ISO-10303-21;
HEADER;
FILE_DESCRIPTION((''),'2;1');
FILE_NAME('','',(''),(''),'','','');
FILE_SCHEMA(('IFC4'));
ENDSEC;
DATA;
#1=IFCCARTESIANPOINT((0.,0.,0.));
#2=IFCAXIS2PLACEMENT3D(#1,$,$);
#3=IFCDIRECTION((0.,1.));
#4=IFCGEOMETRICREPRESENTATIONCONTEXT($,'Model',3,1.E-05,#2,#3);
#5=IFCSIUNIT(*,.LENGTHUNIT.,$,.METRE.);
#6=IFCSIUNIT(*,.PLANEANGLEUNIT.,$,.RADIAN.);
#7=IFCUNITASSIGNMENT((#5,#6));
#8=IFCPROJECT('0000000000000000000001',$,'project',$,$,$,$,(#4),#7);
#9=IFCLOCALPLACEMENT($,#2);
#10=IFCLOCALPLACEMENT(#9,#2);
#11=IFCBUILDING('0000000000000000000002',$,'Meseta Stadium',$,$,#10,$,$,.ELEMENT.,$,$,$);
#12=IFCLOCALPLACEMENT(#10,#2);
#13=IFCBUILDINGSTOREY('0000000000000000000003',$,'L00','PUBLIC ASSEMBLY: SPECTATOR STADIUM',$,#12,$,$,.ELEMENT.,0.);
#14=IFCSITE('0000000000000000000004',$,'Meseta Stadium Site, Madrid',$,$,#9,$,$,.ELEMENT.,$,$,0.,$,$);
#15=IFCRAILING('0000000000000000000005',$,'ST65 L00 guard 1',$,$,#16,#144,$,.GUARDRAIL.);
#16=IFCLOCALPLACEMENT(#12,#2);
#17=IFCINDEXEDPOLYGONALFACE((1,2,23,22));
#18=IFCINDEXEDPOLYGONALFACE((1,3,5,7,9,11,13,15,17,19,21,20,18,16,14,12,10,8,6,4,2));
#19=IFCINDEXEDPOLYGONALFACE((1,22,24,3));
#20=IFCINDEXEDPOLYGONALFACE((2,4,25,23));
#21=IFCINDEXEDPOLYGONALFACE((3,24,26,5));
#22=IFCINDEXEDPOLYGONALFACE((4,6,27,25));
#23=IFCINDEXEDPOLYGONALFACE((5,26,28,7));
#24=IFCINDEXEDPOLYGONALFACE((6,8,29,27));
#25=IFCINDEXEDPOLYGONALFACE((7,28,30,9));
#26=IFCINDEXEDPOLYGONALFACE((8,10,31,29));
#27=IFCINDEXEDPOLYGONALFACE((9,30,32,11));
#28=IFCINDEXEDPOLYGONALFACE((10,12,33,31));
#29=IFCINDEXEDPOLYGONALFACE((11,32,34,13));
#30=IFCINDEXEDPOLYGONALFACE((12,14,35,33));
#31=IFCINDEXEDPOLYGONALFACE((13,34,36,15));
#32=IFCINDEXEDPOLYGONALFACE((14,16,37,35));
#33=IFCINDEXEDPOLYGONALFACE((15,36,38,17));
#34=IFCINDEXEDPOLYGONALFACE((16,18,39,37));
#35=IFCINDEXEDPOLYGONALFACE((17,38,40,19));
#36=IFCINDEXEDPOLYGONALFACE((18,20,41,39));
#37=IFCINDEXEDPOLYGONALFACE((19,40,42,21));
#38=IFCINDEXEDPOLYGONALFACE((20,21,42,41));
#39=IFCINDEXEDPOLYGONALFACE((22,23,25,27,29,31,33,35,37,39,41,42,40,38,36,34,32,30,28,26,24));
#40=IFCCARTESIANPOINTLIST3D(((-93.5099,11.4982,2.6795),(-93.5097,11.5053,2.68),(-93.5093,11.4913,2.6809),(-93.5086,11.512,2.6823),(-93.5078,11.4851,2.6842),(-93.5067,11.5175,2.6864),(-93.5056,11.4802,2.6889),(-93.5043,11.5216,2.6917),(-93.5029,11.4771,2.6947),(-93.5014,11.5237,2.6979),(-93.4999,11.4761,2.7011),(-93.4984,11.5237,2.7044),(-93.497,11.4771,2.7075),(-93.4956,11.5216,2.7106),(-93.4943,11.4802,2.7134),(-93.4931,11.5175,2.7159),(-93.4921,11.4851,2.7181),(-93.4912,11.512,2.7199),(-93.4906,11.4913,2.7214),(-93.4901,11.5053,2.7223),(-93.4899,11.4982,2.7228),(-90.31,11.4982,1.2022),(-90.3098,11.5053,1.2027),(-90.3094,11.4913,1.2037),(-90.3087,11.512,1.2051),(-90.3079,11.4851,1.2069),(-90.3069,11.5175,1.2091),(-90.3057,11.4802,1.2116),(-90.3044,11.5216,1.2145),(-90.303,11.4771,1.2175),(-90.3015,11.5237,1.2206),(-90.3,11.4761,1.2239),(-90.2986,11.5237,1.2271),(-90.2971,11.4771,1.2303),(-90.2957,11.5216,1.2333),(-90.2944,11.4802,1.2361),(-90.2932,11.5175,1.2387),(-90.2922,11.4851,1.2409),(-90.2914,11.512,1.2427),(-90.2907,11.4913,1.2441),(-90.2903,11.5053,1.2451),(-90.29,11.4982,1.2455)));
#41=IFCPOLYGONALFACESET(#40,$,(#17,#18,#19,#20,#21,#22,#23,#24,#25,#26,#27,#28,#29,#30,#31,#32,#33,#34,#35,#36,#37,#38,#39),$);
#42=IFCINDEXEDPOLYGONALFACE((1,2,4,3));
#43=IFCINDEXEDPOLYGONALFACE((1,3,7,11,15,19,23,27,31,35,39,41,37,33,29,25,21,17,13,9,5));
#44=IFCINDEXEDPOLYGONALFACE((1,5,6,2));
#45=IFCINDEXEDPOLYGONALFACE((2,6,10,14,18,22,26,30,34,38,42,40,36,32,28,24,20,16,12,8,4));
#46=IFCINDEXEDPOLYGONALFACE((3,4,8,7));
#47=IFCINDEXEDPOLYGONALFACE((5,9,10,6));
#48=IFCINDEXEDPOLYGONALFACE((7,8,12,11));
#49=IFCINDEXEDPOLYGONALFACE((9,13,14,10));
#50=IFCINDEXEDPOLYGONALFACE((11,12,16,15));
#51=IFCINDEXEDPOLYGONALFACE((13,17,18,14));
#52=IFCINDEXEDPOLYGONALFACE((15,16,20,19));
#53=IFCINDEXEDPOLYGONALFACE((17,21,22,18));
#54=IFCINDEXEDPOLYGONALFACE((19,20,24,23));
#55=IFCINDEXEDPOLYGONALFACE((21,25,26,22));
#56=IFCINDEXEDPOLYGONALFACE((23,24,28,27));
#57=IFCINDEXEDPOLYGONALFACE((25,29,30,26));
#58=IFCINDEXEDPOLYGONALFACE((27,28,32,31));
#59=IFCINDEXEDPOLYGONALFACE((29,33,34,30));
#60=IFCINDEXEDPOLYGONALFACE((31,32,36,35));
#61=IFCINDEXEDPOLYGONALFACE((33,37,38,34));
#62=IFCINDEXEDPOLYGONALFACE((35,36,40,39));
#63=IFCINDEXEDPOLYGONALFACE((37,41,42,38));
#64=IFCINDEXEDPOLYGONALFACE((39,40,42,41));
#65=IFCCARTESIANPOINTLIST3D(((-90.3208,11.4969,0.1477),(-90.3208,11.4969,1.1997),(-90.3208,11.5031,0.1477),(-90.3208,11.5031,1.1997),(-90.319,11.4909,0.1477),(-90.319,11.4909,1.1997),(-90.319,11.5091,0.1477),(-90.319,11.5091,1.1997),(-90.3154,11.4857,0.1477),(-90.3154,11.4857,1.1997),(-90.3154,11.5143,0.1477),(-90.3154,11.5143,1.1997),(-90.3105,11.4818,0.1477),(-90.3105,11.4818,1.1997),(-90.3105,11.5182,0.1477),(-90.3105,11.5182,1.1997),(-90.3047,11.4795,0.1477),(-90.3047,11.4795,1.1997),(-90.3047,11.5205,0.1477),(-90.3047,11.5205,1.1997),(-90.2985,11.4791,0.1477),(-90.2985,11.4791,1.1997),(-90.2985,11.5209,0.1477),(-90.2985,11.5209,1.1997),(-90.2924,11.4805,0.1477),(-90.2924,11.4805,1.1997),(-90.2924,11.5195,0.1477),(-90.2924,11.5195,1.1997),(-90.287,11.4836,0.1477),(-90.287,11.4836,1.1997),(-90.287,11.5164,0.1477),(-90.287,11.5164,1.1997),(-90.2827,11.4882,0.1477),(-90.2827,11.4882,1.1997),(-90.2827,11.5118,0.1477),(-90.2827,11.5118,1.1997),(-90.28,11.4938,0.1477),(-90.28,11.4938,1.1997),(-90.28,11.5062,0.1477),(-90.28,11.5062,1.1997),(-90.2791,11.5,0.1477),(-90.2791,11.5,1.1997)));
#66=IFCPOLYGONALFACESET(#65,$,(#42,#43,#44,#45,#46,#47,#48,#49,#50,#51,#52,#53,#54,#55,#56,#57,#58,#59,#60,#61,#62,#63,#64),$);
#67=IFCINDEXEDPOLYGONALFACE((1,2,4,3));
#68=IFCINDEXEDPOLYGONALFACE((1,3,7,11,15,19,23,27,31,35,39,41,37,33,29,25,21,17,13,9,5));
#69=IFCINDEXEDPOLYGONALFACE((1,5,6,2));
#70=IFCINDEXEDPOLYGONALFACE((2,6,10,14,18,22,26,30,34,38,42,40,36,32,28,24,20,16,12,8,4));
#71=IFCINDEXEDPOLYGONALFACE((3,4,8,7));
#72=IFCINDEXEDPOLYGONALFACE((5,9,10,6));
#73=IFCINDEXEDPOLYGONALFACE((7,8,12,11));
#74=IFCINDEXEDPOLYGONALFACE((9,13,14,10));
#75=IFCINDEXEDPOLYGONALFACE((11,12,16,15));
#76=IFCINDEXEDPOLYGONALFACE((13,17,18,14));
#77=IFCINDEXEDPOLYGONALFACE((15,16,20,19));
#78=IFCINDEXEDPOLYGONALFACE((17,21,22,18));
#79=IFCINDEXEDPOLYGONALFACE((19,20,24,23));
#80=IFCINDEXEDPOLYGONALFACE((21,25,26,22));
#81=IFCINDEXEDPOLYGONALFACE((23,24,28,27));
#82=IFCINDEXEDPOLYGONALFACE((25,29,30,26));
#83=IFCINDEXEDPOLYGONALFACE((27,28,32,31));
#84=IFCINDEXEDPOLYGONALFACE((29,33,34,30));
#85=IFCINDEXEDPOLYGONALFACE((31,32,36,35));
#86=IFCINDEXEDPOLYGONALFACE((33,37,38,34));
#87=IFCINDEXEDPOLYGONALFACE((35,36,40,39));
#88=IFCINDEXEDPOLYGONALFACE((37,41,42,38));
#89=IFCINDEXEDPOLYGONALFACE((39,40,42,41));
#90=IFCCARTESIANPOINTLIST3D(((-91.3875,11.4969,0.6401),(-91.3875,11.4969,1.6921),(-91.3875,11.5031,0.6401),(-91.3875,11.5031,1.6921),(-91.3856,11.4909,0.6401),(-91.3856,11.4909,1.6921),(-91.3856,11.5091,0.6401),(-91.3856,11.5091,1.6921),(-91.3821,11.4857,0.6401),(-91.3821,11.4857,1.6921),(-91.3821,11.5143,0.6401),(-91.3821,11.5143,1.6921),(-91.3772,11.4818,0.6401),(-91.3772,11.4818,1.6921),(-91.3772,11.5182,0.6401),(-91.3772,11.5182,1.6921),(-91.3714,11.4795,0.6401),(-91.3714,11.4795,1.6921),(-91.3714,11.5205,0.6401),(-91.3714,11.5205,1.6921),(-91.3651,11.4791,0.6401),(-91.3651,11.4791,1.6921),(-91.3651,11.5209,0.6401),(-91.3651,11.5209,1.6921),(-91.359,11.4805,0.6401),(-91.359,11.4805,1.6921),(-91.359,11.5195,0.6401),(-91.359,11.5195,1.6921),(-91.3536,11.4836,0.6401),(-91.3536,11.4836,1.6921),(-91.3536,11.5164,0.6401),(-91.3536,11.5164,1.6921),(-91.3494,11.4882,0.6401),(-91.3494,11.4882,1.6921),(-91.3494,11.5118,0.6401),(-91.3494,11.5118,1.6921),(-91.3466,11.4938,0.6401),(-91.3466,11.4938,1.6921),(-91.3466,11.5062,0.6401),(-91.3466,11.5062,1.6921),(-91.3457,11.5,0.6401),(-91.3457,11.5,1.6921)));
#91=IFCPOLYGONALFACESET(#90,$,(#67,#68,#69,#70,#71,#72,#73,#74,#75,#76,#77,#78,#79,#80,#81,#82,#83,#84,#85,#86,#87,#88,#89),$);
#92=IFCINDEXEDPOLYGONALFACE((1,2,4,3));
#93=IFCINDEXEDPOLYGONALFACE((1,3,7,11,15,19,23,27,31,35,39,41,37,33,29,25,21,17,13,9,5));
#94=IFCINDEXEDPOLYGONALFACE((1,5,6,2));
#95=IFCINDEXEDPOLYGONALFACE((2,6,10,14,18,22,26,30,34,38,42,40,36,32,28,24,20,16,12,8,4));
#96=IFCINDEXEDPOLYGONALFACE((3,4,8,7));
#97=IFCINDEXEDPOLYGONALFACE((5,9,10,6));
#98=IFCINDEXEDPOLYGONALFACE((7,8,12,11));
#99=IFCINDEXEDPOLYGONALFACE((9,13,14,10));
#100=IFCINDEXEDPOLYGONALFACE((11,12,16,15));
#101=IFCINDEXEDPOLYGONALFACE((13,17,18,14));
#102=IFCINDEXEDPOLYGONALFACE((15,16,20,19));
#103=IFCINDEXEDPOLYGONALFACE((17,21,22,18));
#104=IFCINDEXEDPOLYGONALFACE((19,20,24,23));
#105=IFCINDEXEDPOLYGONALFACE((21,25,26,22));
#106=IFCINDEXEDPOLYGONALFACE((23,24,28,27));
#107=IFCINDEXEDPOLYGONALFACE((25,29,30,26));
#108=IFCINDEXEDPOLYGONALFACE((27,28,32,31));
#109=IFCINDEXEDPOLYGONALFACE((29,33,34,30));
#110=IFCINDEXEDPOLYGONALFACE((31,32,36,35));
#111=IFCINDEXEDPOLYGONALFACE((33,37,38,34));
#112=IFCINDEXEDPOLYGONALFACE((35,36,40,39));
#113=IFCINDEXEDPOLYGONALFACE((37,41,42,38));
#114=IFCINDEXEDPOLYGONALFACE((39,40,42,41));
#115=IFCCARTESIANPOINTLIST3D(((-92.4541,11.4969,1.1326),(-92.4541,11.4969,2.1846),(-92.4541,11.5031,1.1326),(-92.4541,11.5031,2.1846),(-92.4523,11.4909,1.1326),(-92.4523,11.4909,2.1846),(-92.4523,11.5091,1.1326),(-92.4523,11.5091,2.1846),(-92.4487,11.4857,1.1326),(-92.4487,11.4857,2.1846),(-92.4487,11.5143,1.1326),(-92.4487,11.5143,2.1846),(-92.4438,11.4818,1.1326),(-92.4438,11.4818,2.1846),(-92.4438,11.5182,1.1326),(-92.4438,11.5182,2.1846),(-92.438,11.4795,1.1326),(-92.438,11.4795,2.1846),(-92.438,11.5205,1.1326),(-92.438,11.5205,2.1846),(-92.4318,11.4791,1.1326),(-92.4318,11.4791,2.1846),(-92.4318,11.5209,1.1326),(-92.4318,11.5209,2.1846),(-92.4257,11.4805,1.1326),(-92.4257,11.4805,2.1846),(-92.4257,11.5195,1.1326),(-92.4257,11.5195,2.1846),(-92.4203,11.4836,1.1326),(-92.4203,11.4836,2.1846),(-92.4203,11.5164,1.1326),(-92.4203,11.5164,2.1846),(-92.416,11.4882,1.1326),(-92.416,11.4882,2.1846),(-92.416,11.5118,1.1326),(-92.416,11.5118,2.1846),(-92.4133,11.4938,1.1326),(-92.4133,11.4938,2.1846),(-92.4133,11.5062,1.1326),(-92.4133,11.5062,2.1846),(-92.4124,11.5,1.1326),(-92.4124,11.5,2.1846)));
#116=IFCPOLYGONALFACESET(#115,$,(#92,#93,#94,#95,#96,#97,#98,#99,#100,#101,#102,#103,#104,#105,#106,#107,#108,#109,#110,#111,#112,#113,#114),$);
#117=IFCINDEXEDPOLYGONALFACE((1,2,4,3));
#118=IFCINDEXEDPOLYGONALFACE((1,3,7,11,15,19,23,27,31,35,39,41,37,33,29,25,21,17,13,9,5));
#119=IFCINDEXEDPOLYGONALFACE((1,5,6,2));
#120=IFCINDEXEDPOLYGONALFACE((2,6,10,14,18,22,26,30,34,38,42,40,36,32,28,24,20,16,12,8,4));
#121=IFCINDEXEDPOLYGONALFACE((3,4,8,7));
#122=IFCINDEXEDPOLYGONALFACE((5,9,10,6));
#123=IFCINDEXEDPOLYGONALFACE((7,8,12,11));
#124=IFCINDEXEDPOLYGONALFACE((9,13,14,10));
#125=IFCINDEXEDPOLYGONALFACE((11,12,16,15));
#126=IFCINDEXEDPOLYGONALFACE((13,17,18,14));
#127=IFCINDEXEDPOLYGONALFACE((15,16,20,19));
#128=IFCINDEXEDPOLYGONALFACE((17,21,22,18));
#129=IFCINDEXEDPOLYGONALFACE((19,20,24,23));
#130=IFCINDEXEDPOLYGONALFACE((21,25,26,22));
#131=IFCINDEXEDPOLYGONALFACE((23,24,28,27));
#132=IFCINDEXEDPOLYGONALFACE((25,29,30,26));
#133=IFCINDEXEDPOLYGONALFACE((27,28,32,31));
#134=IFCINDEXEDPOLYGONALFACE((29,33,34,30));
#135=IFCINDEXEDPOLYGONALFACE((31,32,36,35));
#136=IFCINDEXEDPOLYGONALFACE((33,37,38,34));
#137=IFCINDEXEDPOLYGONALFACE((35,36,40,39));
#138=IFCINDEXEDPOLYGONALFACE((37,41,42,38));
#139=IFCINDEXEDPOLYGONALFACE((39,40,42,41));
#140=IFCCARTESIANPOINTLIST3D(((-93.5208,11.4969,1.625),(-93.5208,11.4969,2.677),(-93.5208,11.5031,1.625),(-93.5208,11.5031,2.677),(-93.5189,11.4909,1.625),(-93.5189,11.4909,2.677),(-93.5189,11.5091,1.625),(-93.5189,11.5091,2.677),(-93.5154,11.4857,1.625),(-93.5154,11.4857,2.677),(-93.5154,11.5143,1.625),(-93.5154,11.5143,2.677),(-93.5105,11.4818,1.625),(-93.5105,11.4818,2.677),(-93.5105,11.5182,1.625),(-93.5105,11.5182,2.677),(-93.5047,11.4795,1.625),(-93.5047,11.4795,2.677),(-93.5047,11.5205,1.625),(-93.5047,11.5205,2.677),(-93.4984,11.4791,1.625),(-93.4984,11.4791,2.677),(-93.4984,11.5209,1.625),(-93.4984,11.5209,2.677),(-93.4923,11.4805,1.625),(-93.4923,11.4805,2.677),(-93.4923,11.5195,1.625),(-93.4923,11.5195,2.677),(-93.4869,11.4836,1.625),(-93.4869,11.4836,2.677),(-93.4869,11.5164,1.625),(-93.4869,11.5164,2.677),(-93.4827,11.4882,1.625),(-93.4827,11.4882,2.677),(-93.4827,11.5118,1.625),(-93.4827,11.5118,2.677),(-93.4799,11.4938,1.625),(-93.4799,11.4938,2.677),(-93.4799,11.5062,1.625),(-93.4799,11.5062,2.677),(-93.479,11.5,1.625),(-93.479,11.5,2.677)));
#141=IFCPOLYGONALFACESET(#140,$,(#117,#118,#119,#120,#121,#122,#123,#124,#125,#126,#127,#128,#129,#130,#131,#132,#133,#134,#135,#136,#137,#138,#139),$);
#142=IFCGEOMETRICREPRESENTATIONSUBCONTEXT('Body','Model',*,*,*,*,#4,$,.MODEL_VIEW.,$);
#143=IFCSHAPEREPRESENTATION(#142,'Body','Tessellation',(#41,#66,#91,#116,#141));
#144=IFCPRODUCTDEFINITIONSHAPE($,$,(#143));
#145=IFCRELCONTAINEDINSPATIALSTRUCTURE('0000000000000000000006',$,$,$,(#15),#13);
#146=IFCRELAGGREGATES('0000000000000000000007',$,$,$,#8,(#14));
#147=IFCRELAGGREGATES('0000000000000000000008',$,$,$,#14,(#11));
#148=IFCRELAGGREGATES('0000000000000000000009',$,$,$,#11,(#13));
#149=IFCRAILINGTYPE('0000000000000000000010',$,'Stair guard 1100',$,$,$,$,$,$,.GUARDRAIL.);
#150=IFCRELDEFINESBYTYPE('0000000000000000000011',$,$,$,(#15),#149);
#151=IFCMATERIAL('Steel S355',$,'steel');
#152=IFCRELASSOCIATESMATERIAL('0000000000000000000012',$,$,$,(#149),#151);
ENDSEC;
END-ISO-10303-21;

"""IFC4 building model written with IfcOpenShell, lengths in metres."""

from ifc_helpers import new_model, si_unit, direction, frame, origin, origin_2d, place, context, subcontext, project, spatial, circle, extrude, material, type_object, element, save


model = new_model("IFC4")

# Units and contexts
model_context = context("Model", 3, precision=1e-05, world=origin(), true_north=direction((0.0, 1.0)))
body_context = subcontext(model_context, "Body", "Model", "MODEL_VIEW")
ifc_project = project(units=[si_unit("LENGTHUNIT", "METRE"), si_unit("PLANEANGLEUNIT", "RADIAN")], contexts=[model_context])

# Site, building, storey
site_placement = place(None, origin())
site = spatial("IfcSite", under=ifc_project, at=site_placement, Name="Meseta Stadium Site, Madrid", CompositionType="ELEMENT", RefElevation=0.0)
building_placement = place(site_placement, origin())
building = spatial("IfcBuilding", under=site, at=building_placement, Name="Meseta Stadium", CompositionType="ELEMENT")
storey_placement = place(building_placement, origin())
storey = spatial("IfcBuildingStorey", under=building, at=storey_placement, Name="L00", Description="PUBLIC ASSEMBLY: SPECTATOR STADIUM", CompositionType="ELEMENT", Elevation=0.0)

# Railing
ifc_material_1 = material(Name="Steel S355", Category="steel")
railing_type_1 = type_object("IfcRailingType", Name="Stair guard 1100", PredefinedType="GUARDRAIL", material=ifc_material_1)
for number, where, name in (
    (1, (-90.3, 11.5, 0.1477), "ST65 L00 guard 1"),
):
    element("IfcRailing", number, at=place(storey_placement, frame(where)), inside=storey, type_object=railing_type_1, Name=name, PredefinedType="GUARDRAIL", context=body_context, shape_type="SweptSolid", body=[
        extrude(circle(Radius=0.0239, at=origin_2d()), frame((0.0, 0.0, 1.0762), z_axis=(-0.907917, 0.0, 0.41915), x_axis=(0.0, -1.0, 0.0)), (0.0, 0.0, 1.0), 3.5244),
        extrude(circle(Radius=0.021, at=origin_2d()), origin(), (0.0, 0.0, 1.0), 1.052),
        extrude(circle(Radius=0.021, at=origin_2d()), frame((-1.0667, 0.0, 0.4924)), (0.0, 0.0, 1.0), 1.052),
        extrude(circle(Radius=0.021, at=origin_2d()), frame((-2.1333, 0.0, 0.9849)), (0.0, 0.0, 1.0), 1.052),
        extrude(circle(Radius=0.021, at=origin_2d()), frame((-3.2, 0.0, 1.4773)), (0.0, 0.0, 1.0), 1.052),
    ])

save(model, "model.ifc")
